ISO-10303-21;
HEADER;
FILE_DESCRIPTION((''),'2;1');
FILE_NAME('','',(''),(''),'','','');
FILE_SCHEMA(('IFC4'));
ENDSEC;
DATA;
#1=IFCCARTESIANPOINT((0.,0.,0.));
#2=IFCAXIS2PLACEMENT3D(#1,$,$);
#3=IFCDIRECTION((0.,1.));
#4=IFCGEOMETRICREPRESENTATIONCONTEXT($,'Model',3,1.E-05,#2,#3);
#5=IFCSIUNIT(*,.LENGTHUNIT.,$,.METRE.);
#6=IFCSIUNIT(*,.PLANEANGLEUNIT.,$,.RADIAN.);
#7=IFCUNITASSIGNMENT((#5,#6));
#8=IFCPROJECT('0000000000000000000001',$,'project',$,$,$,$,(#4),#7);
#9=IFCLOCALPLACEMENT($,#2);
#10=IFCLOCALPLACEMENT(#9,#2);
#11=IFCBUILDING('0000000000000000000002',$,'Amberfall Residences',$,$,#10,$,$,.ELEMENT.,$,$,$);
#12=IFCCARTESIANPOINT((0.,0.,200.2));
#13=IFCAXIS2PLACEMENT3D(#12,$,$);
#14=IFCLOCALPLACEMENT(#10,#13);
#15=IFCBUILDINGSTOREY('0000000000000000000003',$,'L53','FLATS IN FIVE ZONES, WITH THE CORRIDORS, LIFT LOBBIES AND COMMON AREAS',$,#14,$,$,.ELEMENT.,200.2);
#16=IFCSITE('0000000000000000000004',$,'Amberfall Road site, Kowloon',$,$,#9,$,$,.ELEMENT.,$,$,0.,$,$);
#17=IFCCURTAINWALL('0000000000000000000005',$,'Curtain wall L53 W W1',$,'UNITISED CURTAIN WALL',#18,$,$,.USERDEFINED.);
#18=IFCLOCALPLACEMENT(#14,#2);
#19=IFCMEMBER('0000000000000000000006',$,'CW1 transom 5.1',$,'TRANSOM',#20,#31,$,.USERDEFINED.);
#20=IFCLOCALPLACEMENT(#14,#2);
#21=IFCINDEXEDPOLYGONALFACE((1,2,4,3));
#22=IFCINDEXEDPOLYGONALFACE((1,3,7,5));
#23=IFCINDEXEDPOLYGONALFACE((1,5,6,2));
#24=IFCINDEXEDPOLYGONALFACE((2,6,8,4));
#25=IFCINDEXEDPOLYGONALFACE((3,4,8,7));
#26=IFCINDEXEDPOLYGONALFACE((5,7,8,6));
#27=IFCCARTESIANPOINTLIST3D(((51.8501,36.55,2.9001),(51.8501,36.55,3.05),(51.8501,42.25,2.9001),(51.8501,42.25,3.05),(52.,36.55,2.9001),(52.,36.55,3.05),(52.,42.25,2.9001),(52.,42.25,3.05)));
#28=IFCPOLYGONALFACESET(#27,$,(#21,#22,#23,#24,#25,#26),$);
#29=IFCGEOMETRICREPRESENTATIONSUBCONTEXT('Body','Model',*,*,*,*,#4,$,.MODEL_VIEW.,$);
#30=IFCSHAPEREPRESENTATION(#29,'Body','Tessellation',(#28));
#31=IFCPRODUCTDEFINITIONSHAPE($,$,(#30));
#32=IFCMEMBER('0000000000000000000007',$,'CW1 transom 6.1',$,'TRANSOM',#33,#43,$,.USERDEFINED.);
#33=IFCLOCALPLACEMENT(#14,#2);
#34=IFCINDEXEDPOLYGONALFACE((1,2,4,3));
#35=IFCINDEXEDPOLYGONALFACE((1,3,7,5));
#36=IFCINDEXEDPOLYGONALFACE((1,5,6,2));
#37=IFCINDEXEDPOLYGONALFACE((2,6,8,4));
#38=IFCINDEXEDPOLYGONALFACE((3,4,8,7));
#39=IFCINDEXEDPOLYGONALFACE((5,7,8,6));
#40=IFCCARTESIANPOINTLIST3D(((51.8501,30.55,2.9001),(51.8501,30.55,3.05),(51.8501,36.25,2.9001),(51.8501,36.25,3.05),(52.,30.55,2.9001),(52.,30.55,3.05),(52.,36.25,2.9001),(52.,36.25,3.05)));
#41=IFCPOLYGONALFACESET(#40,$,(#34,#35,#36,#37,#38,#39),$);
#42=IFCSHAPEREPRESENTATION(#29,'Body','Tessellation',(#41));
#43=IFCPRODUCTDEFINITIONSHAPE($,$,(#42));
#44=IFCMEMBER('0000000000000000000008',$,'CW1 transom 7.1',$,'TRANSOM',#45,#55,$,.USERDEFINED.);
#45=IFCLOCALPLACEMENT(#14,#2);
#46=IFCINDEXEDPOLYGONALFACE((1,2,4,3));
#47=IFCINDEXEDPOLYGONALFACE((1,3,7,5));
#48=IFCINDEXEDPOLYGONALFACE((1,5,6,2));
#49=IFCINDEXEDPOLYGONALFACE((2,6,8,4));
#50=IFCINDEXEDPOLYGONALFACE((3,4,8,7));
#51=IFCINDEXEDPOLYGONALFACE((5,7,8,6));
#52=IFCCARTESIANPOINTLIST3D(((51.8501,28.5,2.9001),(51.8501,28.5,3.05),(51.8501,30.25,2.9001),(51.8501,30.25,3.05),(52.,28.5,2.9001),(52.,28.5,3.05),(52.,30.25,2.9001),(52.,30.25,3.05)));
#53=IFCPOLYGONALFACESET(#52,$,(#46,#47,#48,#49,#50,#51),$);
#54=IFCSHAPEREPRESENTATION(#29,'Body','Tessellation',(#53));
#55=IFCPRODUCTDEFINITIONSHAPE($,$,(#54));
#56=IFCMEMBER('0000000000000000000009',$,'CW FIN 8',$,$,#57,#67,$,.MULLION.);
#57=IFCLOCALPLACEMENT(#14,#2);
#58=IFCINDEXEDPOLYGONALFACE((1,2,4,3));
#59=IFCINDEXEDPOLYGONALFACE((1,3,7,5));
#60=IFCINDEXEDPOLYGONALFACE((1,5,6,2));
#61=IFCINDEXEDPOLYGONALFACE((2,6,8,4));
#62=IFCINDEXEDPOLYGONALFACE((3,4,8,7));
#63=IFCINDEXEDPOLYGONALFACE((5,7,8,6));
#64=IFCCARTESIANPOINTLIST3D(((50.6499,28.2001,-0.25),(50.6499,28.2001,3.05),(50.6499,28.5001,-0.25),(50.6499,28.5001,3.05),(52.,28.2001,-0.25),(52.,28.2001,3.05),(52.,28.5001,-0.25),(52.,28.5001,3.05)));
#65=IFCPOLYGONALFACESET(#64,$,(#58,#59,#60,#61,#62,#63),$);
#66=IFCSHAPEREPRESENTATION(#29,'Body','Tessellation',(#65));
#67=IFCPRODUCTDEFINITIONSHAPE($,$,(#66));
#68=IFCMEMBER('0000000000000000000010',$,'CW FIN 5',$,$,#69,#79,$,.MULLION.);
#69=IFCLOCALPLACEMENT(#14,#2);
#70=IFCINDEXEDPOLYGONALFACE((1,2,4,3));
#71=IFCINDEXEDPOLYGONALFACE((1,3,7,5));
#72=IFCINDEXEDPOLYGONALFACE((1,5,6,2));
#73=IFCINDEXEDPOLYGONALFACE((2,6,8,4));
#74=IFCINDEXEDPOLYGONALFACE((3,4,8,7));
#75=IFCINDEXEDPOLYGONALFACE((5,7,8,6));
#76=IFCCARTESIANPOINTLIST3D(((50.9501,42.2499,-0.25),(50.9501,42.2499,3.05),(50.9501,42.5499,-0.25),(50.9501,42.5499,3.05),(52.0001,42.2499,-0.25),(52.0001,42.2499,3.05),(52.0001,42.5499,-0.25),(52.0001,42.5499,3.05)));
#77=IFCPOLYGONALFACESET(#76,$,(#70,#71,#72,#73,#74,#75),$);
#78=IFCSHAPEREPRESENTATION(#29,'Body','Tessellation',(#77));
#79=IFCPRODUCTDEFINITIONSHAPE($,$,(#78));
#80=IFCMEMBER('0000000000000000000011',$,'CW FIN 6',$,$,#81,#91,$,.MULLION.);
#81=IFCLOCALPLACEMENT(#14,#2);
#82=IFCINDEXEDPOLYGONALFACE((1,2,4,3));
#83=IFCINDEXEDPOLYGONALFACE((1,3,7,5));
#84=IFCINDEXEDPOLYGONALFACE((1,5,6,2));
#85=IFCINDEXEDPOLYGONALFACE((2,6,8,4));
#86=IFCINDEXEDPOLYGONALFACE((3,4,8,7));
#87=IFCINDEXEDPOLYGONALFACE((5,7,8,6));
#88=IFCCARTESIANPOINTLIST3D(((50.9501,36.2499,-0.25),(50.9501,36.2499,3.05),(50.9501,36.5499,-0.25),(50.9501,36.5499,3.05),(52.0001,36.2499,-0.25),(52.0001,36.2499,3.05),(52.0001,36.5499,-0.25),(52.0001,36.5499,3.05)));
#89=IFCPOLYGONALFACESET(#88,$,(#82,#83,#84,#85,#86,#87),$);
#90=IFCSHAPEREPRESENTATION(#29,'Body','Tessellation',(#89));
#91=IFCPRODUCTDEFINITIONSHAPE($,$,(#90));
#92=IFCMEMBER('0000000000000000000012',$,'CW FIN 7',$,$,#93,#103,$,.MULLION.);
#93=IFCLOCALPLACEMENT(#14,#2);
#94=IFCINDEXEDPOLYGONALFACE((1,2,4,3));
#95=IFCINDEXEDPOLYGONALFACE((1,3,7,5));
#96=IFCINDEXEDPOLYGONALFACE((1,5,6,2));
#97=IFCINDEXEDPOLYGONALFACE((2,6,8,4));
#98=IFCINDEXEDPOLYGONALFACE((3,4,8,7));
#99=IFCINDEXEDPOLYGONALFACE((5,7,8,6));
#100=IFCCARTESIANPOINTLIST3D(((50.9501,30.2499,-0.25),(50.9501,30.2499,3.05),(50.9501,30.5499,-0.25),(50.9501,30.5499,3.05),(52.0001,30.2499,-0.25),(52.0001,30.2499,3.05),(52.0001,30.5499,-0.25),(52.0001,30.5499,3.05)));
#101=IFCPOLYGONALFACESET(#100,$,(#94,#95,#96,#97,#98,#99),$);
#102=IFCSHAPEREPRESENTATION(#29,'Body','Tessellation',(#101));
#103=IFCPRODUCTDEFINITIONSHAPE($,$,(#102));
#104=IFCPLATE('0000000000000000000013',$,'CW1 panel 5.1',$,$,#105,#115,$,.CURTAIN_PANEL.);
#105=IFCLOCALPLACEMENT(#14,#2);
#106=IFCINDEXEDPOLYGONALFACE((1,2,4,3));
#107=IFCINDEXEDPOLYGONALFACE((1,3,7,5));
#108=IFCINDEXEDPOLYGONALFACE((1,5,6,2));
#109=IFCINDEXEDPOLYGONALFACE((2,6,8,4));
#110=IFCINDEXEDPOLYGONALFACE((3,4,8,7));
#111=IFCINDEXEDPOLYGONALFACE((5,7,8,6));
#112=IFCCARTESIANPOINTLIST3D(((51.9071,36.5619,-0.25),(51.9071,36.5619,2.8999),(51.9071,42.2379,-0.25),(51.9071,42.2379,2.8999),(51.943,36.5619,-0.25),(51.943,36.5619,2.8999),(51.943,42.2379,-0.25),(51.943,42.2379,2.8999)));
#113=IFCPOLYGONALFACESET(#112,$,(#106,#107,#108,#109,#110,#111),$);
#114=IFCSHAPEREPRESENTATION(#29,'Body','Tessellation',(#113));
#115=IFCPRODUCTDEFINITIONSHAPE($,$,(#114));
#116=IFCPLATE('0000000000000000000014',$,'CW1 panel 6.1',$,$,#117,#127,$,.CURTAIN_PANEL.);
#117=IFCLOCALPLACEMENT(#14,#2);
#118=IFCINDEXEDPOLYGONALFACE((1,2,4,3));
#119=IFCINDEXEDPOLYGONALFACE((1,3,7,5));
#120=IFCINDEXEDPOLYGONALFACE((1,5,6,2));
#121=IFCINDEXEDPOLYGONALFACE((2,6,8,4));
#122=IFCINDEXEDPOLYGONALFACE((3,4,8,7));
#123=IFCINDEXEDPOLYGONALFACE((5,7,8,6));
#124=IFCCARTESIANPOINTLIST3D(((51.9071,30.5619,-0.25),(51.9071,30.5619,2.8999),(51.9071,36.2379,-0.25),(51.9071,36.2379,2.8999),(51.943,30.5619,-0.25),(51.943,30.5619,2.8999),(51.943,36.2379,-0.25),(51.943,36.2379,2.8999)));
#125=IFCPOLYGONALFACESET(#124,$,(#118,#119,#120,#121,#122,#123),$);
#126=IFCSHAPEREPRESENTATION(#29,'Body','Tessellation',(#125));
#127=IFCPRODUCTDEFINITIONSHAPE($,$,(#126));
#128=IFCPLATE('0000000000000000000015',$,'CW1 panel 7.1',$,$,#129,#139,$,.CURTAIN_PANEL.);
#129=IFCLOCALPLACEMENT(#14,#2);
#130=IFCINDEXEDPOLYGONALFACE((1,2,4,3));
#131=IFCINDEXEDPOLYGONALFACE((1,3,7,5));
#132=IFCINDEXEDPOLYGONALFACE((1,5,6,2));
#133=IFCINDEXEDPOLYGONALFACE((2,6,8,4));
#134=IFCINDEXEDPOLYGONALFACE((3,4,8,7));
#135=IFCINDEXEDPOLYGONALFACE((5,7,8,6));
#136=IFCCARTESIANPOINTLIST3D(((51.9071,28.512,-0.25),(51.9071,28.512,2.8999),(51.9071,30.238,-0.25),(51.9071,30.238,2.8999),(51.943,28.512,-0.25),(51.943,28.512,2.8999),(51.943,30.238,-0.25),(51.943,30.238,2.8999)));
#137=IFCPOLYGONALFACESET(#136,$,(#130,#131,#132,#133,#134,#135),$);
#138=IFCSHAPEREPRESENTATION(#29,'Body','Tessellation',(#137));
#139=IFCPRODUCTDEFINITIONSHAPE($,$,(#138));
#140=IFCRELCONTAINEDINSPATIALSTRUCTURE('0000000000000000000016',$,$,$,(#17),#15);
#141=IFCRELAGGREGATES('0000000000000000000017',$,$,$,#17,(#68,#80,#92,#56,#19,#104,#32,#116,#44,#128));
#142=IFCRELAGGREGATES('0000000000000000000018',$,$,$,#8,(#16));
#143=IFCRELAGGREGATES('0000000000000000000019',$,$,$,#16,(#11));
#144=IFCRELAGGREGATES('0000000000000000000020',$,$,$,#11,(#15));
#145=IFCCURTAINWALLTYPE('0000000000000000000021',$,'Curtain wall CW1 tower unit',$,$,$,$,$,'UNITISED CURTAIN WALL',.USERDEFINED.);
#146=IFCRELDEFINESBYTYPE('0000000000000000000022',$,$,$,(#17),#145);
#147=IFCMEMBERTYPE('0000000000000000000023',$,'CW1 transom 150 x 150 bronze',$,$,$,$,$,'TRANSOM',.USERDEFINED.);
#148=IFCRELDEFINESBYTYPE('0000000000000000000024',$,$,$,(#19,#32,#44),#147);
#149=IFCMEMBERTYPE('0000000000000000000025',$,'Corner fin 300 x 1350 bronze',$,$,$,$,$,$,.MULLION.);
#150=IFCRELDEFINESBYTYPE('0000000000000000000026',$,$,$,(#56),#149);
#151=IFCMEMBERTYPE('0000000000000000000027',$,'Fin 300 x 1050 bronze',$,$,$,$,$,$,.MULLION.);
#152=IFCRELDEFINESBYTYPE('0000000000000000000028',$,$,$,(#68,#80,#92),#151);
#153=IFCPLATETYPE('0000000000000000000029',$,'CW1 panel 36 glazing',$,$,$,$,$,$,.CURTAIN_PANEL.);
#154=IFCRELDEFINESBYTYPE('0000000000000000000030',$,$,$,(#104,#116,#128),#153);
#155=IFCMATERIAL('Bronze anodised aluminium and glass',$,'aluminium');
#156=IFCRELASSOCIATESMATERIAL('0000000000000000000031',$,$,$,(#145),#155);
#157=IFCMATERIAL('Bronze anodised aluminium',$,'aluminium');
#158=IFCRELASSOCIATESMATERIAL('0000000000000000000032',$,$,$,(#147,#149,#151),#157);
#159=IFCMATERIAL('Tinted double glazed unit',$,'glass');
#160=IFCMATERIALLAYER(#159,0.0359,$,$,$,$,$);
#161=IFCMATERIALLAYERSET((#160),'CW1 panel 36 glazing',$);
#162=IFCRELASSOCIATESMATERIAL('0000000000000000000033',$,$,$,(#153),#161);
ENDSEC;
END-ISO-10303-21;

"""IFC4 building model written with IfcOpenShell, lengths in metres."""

from ifc_helpers import new_model, si_unit, direction, frame, origin, origin_2d, place, context, subcontext, project, spatial, rectangle, extrude, material, layer, layer_set, material_profile, profile_set, type_object, element, aggregate, save


model = new_model("IFC4")

# Units and contexts
model_context = context("Model", 3, precision=1e-05, world=origin(), true_north=direction((0.0, 1.0)))
body_context = subcontext(model_context, "Body", "Model", "MODEL_VIEW")
ifc_project = project(units=[si_unit("LENGTHUNIT", "METRE"), si_unit("PLANEANGLEUNIT", "RADIAN")], contexts=[model_context])

# Site, building, storey
site_placement = place(None, origin())
site = spatial("IfcSite", under=ifc_project, at=site_placement, Name="Amberfall Road site, Kowloon", CompositionType="ELEMENT", RefElevation=0.0)
building_placement = place(site_placement, origin())
building = spatial("IfcBuilding", under=site, at=building_placement, Name="Amberfall Residences", CompositionType="ELEMENT")
storey_placement = place(building_placement, frame((0.0, 0.0, 200.2)))
storey = spatial("IfcBuildingStorey", under=building, at=storey_placement, Name="L53", Description="FLATS IN FIVE ZONES, WITH THE CORRIDORS, LIFT LOBBIES AND COMMON AREAS", CompositionType="ELEMENT", Elevation=200.2)

# Curtain wall, members, plates
ifc_material_1 = material(Name="Bronze anodised aluminium and glass", Category="aluminium")
curtain_wall_type = type_object("IfcCurtainWallType", Name="Curtain wall CW1 tower unit", ElementType="UNITISED CURTAIN WALL", PredefinedType="USERDEFINED", material=ifc_material_1)
curtain_wall_placement = place(storey_placement, origin())
curtain_wall = element("IfcCurtainWall", 1, at=curtain_wall_placement, inside=storey, type_object=curtain_wall_type, Name="Curtain wall L53 W W1", ObjectType="UNITISED CURTAIN WALL", PredefinedType="USERDEFINED")
ifc_material_2 = material(Name="Bronze anodised aluminium", Category="aluminium")
ifc_material_profile_1 = material_profile(ifc_material_2, rectangle(XDim=0.1499, YDim=0.1499, at=origin_2d()), Name="CW1 transom 150 x 150 bronze")
ifc_profile_set_1 = profile_set([ifc_material_profile_1], Name="Bronze anodised aluminium")
member_type_1 = type_object("IfcMemberType", Name="CW1 transom 150 x 150 bronze", ElementType="TRANSOM", PredefinedType="USERDEFINED", material=ifc_profile_set_1)
member_1_placement = place(storey_placement, frame((51.925, 42.25, 2.9751), z_axis=(0.0, -1.0, 0.0), x_axis=(1.0, 0.0, 0.0)))
member_1 = element("IfcMember", 2, at=member_1_placement, type_object=member_type_1, Name="CW1 transom 5.1", ObjectType="TRANSOM", PredefinedType="USERDEFINED", context=body_context, shape_type="SweptSolid", body=[
    extrude(rectangle(XDim=0.1499, YDim=0.1499, at=origin_2d()), origin(), (0.0, 0.0, 1.0), 5.7),
])
member_2_placement = place(storey_placement, frame((51.925, 36.25, 2.9751), z_axis=(0.0, -1.0, 0.0), x_axis=(1.0, 0.0, 0.0)))
member_2 = element("IfcMember", 3, at=member_2_placement, type_object=member_type_1, Name="CW1 transom 6.1", ObjectType="TRANSOM", PredefinedType="USERDEFINED", context=body_context, shape_type="SweptSolid", body=[
    extrude(rectangle(XDim=0.1499, YDim=0.1499, at=origin_2d()), origin(), (0.0, 0.0, 1.0), 5.7),
])
member_3_placement = place(storey_placement, frame((51.925, 30.25, 2.9751), z_axis=(0.0, -1.0, 0.0), x_axis=(1.0, 0.0, 0.0)))
member_3 = element("IfcMember", 4, at=member_3_placement, type_object=member_type_1, Name="CW1 transom 7.1", ObjectType="TRANSOM", PredefinedType="USERDEFINED", context=body_context, shape_type="SweptSolid", body=[
    extrude(rectangle(XDim=0.1499, YDim=0.1499, at=origin_2d()), origin(), (0.0, 0.0, 1.0), 1.75),
])
ifc_material_profile_2 = material_profile(ifc_material_2, rectangle(XDim=1.3501, YDim=0.3, at=origin_2d()), Name="Corner fin 300 x 1350 bronze")
ifc_profile_set_2 = profile_set([ifc_material_profile_2], Name="Bronze anodised aluminium")
member_type_2 = type_object("IfcMemberType", Name="Corner fin 300 x 1350 bronze", PredefinedType="MULLION", material=ifc_profile_set_2)
member_4_placement = place(storey_placement, frame((51.325, 28.3501, -0.25), z_axis=(0.0, 0.0, 1.0), x_axis=(1.0, 0.0, 0.0)))
member_4 = element("IfcMember", 5, at=member_4_placement, type_object=member_type_2, Name="CW FIN 8", PredefinedType="MULLION", context=body_context, shape_type="SweptSolid", body=[
    extrude(rectangle(XDim=1.3501, YDim=0.3, at=origin_2d()), origin(), (0.0, 0.0, 1.0), 3.3),
])
ifc_material_profile_3 = material_profile(ifc_material_2, rectangle(XDim=1.05, YDim=0.3, at=origin_2d()), Name="Fin 300 x 1050 bronze")
ifc_profile_set_3 = profile_set([ifc_material_profile_3], Name="Bronze anodised aluminium")
member_type_3 = type_object("IfcMemberType", Name="Fin 300 x 1050 bronze", PredefinedType="MULLION", material=ifc_profile_set_3)
member_5_placement = place(storey_placement, frame((51.4751, 42.3999, -0.25), z_axis=(0.0, 0.0, 1.0), x_axis=(1.0, 0.0, 0.0)))
member_5 = element("IfcMember", 6, at=member_5_placement, type_object=member_type_3, Name="CW FIN 5", PredefinedType="MULLION", context=body_context, shape_type="SweptSolid", body=[
    extrude(rectangle(XDim=1.05, YDim=0.3, at=origin_2d()), origin(), (0.0, 0.0, 1.0), 3.3),
])
member_6_placement = place(storey_placement, frame((51.4751, 36.3999, -0.25), z_axis=(0.0, 0.0, 1.0), x_axis=(1.0, 0.0, 0.0)))
member_6 = element("IfcMember", 7, at=member_6_placement, type_object=member_type_3, Name="CW FIN 6", PredefinedType="MULLION", context=body_context, shape_type="SweptSolid", body=[
    extrude(rectangle(XDim=1.05, YDim=0.3, at=origin_2d()), origin(), (0.0, 0.0, 1.0), 3.3),
])
member_7_placement = place(storey_placement, frame((51.4751, 30.3999, -0.25), z_axis=(0.0, 0.0, 1.0), x_axis=(1.0, 0.0, 0.0)))
member_7 = element("IfcMember", 8, at=member_7_placement, type_object=member_type_3, Name="CW FIN 7", PredefinedType="MULLION", context=body_context, shape_type="SweptSolid", body=[
    extrude(rectangle(XDim=1.05, YDim=0.3, at=origin_2d()), origin(), (0.0, 0.0, 1.0), 3.3),
])
ifc_material_3 = material(Name="Tinted double glazed unit", Category="glass")
ifc_layer_1 = layer(ifc_material_3, 0.0359)
ifc_layer_set_1 = layer_set([ifc_layer_1], Name="CW1 panel 36 glazing")
plate_type = type_object("IfcPlateType", Name="CW1 panel 36 glazing", PredefinedType="CURTAIN_PANEL", material=ifc_layer_set_1)
plate_1_placement = place(storey_placement, frame((51.925, 39.3999, -0.25), z_axis=(0.0, 0.0, 1.0), x_axis=(0.0, -1.0, 0.0)))
plate_1 = element("IfcPlate", 9, at=plate_1_placement, type_object=plate_type, Name="CW1 panel 5.1", PredefinedType="CURTAIN_PANEL", context=body_context, shape_type="SweptSolid", body=[
    extrude(rectangle(XDim=5.676, YDim=0.0359, at=origin_2d()), origin(), (0.0, 0.0, 1.0), 3.1499),
])
plate_2_placement = place(storey_placement, frame((51.925, 33.3999, -0.25), z_axis=(0.0, 0.0, 1.0), x_axis=(0.0, -1.0, 0.0)))
plate_2 = element("IfcPlate", 10, at=plate_2_placement, type_object=plate_type, Name="CW1 panel 6.1", PredefinedType="CURTAIN_PANEL", context=body_context, shape_type="SweptSolid", body=[
    extrude(rectangle(XDim=5.676, YDim=0.0359, at=origin_2d()), origin(), (0.0, 0.0, 1.0), 3.1499),
])
plate_3_placement = place(storey_placement, frame((51.925, 29.375, -0.25), z_axis=(0.0, 0.0, 1.0), x_axis=(0.0, -1.0, 0.0)))
plate_3 = element("IfcPlate", 11, at=plate_3_placement, type_object=plate_type, Name="CW1 panel 7.1", PredefinedType="CURTAIN_PANEL", context=body_context, shape_type="SweptSolid", body=[
    extrude(rectangle(XDim=1.7261, YDim=0.0359, at=origin_2d()), origin(), (0.0, 0.0, 1.0), 3.1499),
])
aggregate(curtain_wall, [member_5, member_6, member_7, member_4, member_1, plate_1, member_2, plate_2, member_3, plate_3])

save(model, "model.ifc")
